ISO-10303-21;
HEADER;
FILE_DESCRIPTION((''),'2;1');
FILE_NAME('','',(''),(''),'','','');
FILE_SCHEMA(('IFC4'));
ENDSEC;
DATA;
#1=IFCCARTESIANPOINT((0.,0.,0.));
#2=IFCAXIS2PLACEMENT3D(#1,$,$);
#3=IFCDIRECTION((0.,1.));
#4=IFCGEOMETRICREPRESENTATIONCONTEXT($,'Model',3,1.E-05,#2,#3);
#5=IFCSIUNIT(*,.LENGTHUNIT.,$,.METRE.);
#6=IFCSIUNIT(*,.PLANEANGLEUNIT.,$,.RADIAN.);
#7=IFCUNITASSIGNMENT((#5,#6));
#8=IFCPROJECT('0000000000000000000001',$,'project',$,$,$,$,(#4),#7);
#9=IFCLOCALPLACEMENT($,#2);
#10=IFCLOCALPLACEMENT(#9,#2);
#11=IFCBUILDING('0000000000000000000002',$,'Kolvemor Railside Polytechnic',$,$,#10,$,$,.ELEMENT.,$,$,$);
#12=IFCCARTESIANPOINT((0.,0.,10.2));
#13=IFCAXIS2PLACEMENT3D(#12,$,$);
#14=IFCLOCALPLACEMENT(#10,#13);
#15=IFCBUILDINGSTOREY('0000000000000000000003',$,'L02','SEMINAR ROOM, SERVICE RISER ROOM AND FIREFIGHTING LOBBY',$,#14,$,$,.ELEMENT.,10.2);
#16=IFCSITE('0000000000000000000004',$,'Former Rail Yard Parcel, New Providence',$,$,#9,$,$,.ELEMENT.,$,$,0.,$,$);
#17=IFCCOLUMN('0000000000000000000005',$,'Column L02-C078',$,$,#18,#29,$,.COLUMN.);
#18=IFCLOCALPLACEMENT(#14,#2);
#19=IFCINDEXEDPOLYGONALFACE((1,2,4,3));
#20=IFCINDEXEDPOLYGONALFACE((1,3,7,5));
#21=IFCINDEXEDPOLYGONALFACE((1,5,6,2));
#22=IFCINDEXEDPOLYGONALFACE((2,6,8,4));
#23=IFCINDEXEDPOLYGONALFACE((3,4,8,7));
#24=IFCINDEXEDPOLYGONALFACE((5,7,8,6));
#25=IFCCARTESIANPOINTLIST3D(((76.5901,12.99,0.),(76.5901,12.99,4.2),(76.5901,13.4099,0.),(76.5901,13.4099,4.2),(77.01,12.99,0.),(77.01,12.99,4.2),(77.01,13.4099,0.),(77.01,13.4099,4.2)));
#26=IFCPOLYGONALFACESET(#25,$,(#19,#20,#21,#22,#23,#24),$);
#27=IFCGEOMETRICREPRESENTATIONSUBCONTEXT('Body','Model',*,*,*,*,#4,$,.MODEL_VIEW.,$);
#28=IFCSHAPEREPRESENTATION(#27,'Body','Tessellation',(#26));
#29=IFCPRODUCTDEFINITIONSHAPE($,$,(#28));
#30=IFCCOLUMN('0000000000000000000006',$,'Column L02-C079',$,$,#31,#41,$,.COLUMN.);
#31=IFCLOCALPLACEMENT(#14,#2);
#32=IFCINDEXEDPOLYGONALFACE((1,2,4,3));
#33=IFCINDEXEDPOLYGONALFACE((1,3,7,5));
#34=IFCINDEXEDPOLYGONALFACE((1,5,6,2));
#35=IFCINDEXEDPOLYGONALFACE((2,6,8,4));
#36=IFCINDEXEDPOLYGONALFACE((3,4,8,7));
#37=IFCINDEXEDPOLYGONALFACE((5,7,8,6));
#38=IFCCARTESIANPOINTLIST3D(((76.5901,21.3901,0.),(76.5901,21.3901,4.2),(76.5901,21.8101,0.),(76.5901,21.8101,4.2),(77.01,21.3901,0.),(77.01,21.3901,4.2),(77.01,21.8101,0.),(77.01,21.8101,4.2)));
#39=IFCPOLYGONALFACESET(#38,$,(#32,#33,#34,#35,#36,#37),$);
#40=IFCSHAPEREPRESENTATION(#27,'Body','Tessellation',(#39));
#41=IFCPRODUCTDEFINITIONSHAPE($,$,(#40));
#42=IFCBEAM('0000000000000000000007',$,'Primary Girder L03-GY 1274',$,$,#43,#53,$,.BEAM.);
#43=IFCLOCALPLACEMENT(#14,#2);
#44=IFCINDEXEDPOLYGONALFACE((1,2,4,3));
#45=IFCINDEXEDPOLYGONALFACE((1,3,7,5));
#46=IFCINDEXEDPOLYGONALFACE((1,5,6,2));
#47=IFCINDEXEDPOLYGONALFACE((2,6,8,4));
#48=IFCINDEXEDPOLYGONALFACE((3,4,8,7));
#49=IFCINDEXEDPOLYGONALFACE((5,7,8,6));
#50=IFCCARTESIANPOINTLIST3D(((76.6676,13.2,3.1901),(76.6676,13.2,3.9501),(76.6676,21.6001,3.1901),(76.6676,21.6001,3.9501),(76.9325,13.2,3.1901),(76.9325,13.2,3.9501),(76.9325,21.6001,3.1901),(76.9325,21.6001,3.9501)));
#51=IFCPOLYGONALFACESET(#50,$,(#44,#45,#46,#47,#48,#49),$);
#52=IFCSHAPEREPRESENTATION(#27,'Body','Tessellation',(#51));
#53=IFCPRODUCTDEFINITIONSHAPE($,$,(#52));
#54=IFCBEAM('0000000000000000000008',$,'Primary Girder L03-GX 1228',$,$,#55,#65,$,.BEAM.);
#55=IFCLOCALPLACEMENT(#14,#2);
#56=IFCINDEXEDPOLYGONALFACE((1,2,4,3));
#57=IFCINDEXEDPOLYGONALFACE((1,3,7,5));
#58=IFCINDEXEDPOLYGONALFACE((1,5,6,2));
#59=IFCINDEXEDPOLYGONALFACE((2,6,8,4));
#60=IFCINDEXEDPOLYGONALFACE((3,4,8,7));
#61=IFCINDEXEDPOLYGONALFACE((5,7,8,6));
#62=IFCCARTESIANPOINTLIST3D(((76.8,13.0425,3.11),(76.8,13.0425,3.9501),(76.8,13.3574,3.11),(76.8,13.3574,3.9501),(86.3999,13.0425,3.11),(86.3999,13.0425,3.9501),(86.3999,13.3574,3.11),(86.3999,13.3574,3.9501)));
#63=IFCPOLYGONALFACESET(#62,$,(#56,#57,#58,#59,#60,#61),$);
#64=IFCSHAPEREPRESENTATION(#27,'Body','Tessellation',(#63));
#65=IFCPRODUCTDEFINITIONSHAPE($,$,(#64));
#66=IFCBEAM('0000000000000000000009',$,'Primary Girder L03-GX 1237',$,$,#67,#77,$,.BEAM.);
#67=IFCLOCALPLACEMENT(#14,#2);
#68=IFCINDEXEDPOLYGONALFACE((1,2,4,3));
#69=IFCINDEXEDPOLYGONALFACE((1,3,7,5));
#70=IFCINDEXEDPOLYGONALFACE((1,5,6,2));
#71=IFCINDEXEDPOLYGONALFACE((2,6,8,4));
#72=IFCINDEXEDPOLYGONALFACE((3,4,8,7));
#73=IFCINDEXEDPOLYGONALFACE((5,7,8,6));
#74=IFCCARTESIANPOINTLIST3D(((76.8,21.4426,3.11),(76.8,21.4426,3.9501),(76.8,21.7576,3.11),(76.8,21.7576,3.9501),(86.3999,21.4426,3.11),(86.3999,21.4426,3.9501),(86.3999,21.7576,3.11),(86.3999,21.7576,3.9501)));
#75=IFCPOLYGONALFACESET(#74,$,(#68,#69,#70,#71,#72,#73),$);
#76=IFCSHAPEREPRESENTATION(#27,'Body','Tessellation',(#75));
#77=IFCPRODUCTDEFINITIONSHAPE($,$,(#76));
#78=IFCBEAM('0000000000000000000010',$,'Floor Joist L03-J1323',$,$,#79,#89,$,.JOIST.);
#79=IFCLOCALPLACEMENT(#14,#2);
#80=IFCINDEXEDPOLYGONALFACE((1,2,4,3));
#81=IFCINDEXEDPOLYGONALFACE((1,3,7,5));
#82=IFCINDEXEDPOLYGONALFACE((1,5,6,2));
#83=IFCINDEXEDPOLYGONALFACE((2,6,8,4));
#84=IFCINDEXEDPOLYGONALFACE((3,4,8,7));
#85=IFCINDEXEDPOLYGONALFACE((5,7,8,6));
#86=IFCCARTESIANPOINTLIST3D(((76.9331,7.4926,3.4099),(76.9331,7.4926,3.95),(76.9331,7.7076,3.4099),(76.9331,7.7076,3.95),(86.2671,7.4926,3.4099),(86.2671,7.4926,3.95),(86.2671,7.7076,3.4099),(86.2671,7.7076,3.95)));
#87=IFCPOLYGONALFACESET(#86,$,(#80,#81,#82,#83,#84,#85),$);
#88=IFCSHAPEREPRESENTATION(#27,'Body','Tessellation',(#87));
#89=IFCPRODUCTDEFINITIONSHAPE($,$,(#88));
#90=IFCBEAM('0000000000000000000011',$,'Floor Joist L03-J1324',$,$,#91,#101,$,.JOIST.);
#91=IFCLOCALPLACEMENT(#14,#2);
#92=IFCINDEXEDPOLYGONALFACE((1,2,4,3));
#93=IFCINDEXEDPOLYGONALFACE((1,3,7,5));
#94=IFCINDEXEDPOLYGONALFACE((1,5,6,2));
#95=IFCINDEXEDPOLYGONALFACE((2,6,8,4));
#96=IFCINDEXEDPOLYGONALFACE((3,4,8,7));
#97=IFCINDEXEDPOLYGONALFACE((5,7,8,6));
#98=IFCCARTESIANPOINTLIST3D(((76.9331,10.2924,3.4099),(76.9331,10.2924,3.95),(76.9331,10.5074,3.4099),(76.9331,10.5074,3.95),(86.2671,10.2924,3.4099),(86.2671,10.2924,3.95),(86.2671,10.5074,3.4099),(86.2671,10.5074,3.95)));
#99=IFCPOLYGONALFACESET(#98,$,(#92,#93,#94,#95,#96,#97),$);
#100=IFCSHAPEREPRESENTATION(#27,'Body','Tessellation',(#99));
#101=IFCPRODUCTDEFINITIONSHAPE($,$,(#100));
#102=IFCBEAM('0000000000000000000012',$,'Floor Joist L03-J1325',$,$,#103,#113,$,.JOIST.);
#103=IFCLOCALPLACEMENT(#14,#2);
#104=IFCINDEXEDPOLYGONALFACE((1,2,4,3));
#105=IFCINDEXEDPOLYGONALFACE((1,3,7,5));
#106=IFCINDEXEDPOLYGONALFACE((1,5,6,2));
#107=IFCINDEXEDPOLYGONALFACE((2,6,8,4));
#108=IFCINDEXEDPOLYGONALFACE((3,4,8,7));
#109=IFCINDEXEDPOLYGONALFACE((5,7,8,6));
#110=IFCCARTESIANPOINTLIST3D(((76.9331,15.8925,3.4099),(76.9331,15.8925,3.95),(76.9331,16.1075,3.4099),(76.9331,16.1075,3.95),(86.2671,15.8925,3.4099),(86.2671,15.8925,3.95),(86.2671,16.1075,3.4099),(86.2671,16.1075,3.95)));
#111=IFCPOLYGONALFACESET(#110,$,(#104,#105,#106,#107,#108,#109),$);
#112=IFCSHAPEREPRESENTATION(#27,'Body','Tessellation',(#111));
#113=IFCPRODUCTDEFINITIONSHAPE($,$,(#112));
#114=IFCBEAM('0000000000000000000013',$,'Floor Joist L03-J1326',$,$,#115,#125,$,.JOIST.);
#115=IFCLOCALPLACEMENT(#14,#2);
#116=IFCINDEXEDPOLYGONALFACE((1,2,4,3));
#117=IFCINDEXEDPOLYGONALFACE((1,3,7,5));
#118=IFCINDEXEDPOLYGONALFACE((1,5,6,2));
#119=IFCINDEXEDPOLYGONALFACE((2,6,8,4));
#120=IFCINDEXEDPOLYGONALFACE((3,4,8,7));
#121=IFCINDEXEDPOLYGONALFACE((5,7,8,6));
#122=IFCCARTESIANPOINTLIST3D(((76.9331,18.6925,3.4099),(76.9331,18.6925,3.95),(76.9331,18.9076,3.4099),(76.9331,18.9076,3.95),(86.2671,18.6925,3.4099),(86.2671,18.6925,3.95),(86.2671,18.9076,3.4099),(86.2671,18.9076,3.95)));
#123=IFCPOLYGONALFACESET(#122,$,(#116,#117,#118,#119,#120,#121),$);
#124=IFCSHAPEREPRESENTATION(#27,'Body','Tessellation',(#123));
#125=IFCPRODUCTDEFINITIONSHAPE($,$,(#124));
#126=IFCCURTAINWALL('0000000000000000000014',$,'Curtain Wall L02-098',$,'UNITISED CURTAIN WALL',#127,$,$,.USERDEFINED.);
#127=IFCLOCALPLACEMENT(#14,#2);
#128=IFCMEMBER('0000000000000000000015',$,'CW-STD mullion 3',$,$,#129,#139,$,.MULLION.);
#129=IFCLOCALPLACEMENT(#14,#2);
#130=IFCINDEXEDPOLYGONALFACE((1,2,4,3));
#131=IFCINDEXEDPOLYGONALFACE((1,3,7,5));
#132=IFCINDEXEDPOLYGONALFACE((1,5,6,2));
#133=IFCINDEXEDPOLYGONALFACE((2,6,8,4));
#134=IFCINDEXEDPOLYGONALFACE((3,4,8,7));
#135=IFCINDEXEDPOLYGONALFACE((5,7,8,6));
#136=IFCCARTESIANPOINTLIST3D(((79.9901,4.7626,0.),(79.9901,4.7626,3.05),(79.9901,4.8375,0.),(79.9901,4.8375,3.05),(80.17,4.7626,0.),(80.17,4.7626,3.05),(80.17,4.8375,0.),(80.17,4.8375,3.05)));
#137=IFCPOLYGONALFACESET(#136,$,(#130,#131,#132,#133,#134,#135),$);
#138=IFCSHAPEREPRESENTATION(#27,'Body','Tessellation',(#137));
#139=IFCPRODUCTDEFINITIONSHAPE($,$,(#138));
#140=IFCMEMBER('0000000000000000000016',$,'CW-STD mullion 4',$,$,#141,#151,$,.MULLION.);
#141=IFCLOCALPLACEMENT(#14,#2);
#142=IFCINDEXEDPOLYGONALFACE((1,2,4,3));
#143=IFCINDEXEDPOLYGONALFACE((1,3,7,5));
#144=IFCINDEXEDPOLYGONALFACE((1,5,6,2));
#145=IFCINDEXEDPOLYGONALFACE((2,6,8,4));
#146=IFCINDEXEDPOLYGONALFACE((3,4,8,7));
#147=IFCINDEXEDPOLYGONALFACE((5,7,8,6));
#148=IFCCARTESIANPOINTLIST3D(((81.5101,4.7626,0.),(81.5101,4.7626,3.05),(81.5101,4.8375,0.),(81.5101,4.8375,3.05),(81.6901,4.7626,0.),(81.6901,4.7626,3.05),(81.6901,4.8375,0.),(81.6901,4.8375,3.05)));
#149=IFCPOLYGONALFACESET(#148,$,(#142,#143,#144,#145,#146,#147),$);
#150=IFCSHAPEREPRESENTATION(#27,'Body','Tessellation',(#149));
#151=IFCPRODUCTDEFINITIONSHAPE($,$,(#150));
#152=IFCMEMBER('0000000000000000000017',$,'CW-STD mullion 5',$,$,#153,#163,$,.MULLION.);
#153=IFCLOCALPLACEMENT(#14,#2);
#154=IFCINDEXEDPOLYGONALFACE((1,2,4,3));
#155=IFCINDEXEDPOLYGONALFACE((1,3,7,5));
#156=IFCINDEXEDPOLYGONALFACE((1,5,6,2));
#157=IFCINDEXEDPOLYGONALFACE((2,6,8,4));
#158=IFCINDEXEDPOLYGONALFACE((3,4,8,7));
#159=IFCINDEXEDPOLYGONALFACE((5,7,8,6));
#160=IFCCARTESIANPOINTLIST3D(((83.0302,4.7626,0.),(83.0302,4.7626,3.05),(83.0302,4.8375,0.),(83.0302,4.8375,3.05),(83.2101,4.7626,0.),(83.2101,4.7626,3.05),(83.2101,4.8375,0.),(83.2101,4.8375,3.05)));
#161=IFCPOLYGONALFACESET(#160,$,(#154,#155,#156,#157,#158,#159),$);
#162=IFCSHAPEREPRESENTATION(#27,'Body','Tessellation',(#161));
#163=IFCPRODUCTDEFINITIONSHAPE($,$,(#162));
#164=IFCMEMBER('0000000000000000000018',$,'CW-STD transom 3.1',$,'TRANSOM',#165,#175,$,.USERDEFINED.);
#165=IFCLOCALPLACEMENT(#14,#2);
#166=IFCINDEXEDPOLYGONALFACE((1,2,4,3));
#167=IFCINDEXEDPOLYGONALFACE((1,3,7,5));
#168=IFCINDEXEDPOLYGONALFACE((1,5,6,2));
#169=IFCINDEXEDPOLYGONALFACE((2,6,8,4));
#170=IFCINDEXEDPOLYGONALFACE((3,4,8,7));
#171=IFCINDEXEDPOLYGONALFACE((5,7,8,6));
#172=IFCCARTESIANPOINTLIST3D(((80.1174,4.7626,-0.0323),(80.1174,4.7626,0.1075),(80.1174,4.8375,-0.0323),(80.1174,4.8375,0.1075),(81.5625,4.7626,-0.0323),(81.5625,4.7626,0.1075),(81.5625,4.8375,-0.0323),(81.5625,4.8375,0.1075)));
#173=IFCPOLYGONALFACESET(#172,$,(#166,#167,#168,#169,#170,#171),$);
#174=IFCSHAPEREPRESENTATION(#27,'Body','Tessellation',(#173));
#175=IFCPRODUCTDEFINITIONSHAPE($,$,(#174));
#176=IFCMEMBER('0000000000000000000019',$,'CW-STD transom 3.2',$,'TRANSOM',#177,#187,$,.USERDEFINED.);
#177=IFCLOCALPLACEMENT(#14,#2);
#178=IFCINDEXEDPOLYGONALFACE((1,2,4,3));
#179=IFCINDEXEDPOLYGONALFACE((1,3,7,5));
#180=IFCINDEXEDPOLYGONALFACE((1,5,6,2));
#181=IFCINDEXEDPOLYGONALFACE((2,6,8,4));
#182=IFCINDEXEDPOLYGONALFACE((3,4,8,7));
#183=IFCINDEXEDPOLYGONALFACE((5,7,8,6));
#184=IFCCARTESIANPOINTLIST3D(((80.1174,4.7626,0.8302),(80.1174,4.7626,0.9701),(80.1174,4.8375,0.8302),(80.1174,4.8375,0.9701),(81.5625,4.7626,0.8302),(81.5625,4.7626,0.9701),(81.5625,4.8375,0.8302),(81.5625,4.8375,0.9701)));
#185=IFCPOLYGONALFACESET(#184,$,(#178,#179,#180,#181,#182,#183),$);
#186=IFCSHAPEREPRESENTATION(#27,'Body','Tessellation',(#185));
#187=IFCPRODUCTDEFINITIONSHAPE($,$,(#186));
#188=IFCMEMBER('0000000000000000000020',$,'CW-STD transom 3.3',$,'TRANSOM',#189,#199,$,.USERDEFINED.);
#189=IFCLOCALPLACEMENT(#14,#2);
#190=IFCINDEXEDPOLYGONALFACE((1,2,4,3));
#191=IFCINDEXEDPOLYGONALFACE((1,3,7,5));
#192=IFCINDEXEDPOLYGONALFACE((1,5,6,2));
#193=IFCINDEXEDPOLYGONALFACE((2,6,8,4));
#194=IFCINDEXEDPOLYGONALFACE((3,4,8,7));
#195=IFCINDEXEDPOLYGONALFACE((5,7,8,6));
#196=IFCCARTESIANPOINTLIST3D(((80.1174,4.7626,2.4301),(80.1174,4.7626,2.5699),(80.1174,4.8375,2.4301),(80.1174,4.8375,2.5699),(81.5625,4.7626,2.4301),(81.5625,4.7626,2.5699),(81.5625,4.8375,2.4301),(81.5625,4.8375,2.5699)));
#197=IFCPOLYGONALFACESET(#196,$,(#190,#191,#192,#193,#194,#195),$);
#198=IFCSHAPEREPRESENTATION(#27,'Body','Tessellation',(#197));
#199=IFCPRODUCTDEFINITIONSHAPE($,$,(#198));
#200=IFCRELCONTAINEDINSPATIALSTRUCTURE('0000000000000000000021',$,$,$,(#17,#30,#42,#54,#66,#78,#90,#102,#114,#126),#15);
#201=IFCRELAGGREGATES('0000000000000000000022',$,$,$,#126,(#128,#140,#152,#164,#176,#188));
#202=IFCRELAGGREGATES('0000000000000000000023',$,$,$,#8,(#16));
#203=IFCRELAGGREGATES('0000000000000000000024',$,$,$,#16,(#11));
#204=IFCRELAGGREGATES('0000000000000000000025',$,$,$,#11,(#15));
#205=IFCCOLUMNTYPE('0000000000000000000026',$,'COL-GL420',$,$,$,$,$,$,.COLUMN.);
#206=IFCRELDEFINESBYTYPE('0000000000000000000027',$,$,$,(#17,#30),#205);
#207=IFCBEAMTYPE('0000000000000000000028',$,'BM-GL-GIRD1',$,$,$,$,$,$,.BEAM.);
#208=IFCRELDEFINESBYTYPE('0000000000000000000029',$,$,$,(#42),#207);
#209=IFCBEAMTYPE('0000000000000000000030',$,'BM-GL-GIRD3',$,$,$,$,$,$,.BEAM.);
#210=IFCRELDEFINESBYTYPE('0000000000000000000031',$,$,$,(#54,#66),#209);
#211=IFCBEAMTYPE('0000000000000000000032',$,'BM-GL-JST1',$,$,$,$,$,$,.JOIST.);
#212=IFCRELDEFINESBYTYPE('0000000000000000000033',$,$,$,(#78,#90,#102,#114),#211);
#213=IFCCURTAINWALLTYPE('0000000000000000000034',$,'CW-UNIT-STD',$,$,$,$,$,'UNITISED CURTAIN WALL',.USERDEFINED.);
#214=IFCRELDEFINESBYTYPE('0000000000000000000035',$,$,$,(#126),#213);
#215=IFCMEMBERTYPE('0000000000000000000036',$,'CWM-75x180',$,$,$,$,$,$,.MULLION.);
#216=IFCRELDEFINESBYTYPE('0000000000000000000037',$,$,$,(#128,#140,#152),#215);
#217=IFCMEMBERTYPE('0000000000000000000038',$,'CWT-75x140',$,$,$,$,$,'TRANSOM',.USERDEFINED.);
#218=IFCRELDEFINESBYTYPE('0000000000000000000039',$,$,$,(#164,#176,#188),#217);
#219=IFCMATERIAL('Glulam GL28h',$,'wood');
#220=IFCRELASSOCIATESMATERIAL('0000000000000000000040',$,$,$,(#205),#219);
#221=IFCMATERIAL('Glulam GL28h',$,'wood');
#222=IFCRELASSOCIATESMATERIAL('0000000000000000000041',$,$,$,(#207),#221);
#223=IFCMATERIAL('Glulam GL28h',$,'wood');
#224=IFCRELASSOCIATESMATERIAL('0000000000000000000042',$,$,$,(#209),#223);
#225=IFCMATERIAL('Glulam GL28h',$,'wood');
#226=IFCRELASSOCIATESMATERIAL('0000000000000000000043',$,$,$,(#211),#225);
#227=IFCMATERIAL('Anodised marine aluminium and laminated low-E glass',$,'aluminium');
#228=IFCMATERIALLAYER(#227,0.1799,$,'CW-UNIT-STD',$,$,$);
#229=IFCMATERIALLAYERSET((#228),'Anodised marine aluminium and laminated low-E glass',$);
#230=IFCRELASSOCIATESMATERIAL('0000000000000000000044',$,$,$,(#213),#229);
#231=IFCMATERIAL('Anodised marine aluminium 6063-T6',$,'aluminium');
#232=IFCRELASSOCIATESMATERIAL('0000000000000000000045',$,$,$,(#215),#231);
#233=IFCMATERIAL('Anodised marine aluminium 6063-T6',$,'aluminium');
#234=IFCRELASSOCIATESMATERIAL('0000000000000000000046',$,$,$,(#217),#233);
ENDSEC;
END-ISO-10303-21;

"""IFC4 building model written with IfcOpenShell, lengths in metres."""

from ifc_helpers import new_model, si_unit, direction, frame, origin, origin_2d, place, context, subcontext, project, spatial, rectangle, extrude, material, layer, layer_set, material_profile, profile_set, type_object, element, aggregate, save


model = new_model("IFC4")

# Units and contexts
model_context = context("Model", 3, precision=1e-05, world=origin(), true_north=direction((0.0, 1.0)))
body_context = subcontext(model_context, "Body", "Model", "MODEL_VIEW")
ifc_project = project(units=[si_unit("LENGTHUNIT", "METRE"), si_unit("PLANEANGLEUNIT", "RADIAN")], contexts=[model_context])

# Site, building, storey
site_placement = place(None, origin())
site = spatial("IfcSite", under=ifc_project, at=site_placement, Name="Former Rail Yard Parcel, New Providence", CompositionType="ELEMENT", RefElevation=0.0)
building_placement = place(site_placement, origin())
building = spatial("IfcBuilding", under=site, at=building_placement, Name="Kolvemor Railside Polytechnic", CompositionType="ELEMENT")
storey_placement = place(building_placement, frame((0.0, 0.0, 10.2)))
storey = spatial("IfcBuildingStorey", under=building, at=storey_placement, Name="L02", Description="SEMINAR ROOM, SERVICE RISER ROOM AND FIREFIGHTING LOBBY", CompositionType="ELEMENT", Elevation=10.2)

# Columns
ifc_material_1 = material(Name="Glulam GL28h", Category="wood")
ifc_material_profile_1 = material_profile(ifc_material_1, rectangle(XDim=0.4199, YDim=0.4199, at=origin_2d()), Name="GL420x420")
ifc_profile_set_1 = profile_set([ifc_material_profile_1], Name="Glulam GL28h")
column_type = type_object("IfcColumnType", Name="COL-GL420", PredefinedType="COLUMN", material=ifc_profile_set_1)
for number, where, z_axis, x_axis, name in (
    (1, (76.8, 13.2, 0.0), (0.0, 0.0, 1.0), (1.0, 0.0, 0.0), "Column L02-C078"),
    (2, (76.8, 21.6001, 0.0), (0.0, 0.0, 1.0), (1.0, 0.0, 0.0), "Column L02-C079"),
):
    element("IfcColumn", number, at=place(storey_placement, frame(where, z_axis=z_axis, x_axis=x_axis)), inside=storey, type_object=column_type, Name=name, PredefinedType="COLUMN", context=body_context, shape_type="SweptSolid", body=[
        extrude(rectangle(XDim=0.4199, YDim=0.4199, at=origin_2d()), origin(), (0.0, 0.0, 1.0), 4.2),
    ])

# Beams
ifc_material_2 = material(Name="Glulam GL28h", Category="wood")
ifc_material_profile_2 = material_profile(ifc_material_2, rectangle(XDim=0.2649, YDim=0.76, at=origin_2d()), Name="GL265x760")
ifc_profile_set_2 = profile_set([ifc_material_profile_2], Name="Glulam GL28h")
beam_type_1 = type_object("IfcBeamType", Name="BM-GL-GIRD1", PredefinedType="BEAM", material=ifc_profile_set_2)
beam_placement = place(storey_placement, frame((76.8, 13.2, 3.5701), z_axis=(0.0, 1.0, 0.0), x_axis=(-1.0, 0.0, 0.0)))
element("IfcBeam", 3, at=beam_placement, inside=storey, type_object=beam_type_1, Name="Primary Girder L03-GY 1274", PredefinedType="BEAM", context=body_context, shape_type="SweptSolid", body=[
    extrude(rectangle(XDim=0.2649, YDim=0.76, at=origin_2d()), origin(), (0.0, 0.0, 1.0), 8.4001),
])
ifc_material_3 = material(Name="Glulam GL28h", Category="wood")
ifc_material_profile_3 = material_profile(ifc_material_3, rectangle(XDim=0.3149, YDim=0.8401, at=origin_2d()), Name="GL315x840")
ifc_profile_set_3 = profile_set([ifc_material_profile_3], Name="Glulam GL28h")
beam_type_2 = type_object("IfcBeamType", Name="BM-GL-GIRD3", PredefinedType="BEAM", material=ifc_profile_set_3)
for number, where, z_axis, x_axis, name in (
    (4, (76.8, 13.2, 3.53), (1.0, 0.0, 0.0), (0.0, 1.0, 0.0), "Primary Girder L03-GX 1228"),
    (5, (76.8, 21.6001, 3.53), (1.0, 0.0, 0.0), (0.0, 1.0, 0.0), "Primary Girder L03-GX 1237"),
):
    element("IfcBeam", number, at=place(storey_placement, frame(where, z_axis=z_axis, x_axis=x_axis)), inside=storey, type_object=beam_type_2, Name=name, PredefinedType="BEAM", context=body_context, shape_type="SweptSolid", body=[
        extrude(rectangle(XDim=0.3149, YDim=0.8401, at=origin_2d()), origin(), (0.0, 0.0, 1.0), 9.5999),
    ])
ifc_material_4 = material(Name="Glulam GL28h", Category="wood")
ifc_material_profile_4 = material_profile(ifc_material_4, rectangle(XDim=0.2151, YDim=0.54, at=origin_2d()), Name="GL215x540")
ifc_profile_set_4 = profile_set([ifc_material_profile_4], Name="Glulam GL28h")
beam_type_3 = type_object("IfcBeamType", Name="BM-GL-JST1", PredefinedType="JOIST", material=ifc_profile_set_4)
for number, where, z_axis, x_axis, name in (
    (6, (76.9331, 7.6001, 3.6799), (1.0, 0.0, 0.0), (0.0, 1.0, 0.0), "Floor Joist L03-J1323"),
    (7, (76.9331, 10.3999, 3.6799), (1.0, 0.0, 0.0), (0.0, 1.0, 0.0), "Floor Joist L03-J1324"),
    (8, (76.9331, 16.0, 3.6799), (1.0, 0.0, 0.0), (0.0, 1.0, 0.0), "Floor Joist L03-J1325"),
    (9, (76.9331, 18.8, 3.6799), (1.0, 0.0, 0.0), (0.0, 1.0, 0.0), "Floor Joist L03-J1326"),
):
    element("IfcBeam", number, at=place(storey_placement, frame(where, z_axis=z_axis, x_axis=x_axis)), inside=storey, type_object=beam_type_3, Name=name, PredefinedType="JOIST", context=body_context, shape_type="SweptSolid", body=[
        extrude(rectangle(XDim=0.2151, YDim=0.54, at=origin_2d()), origin(), (0.0, 0.0, 1.0), 9.334),
    ])

# Curtain wall, members
ifc_material_5 = material(Name="Anodised marine aluminium and laminated low-E glass", Category="aluminium")
ifc_layer_1 = layer(ifc_material_5, 0.1799, Name="CW-UNIT-STD")
ifc_layer_set_1 = layer_set([ifc_layer_1], Name="Anodised marine aluminium and laminated low-E glass")
curtain_wall_type = type_object("IfcCurtainWallType", Name="CW-UNIT-STD", ElementType="UNITISED CURTAIN WALL", PredefinedType="USERDEFINED", material=ifc_layer_set_1)
curtain_wall_placement = place(storey_placement, origin())
curtain_wall = element("IfcCurtainWall", 10, at=curtain_wall_placement, inside=storey, type_object=curtain_wall_type, Name="Curtain Wall L02-098", ObjectType="UNITISED CURTAIN WALL", PredefinedType="USERDEFINED")
ifc_material_6 = material(Name="Anodised marine aluminium 6063-T6", Category="aluminium")
ifc_material_profile_5 = material_profile(ifc_material_6, rectangle(XDim=0.075, YDim=0.1799, at=origin_2d()), Name="CW-MUL-75x180")
ifc_profile_set_5 = profile_set([ifc_material_profile_5], Name="Anodised marine aluminium 6063-T6")
member_type_1 = type_object("IfcMemberType", Name="CWM-75x180", PredefinedType="MULLION", material=ifc_profile_set_5)
member_1_placement = place(storey_placement, frame((80.0801, 4.8, 0.0), z_axis=(0.0, 0.0, 1.0), x_axis=(0.0, 1.0, 0.0)))
member_1 = element("IfcMember", 11, at=member_1_placement, type_object=member_type_1, Name="CW-STD mullion 3", PredefinedType="MULLION", context=body_context, shape_type="SweptSolid", body=[
    extrude(rectangle(XDim=0.075, YDim=0.1799, at=origin_2d()), origin(), (0.0, 0.0, 1.0), 3.05),
])
member_2_placement = place(storey_placement, frame((81.6001, 4.8, 0.0), z_axis=(0.0, 0.0, 1.0), x_axis=(0.0, 1.0, 0.0)))
member_2 = element("IfcMember", 12, at=member_2_placement, type_object=member_type_1, Name="CW-STD mullion 4", PredefinedType="MULLION", context=body_context, shape_type="SweptSolid", body=[
    extrude(rectangle(XDim=0.075, YDim=0.1799, at=origin_2d()), origin(), (0.0, 0.0, 1.0), 3.05),
])
member_3_placement = place(storey_placement, frame((83.1201, 4.8, 0.0), z_axis=(0.0, 0.0, 1.0), x_axis=(0.0, 1.0, 0.0)))
member_3 = element("IfcMember", 13, at=member_3_placement, type_object=member_type_1, Name="CW-STD mullion 5", PredefinedType="MULLION", context=body_context, shape_type="SweptSolid", body=[
    extrude(rectangle(XDim=0.075, YDim=0.1799, at=origin_2d()), origin(), (0.0, 0.0, 1.0), 3.05),
])
ifc_material_7 = material(Name="Anodised marine aluminium 6063-T6", Category="aluminium")
ifc_material_profile_6 = material_profile(ifc_material_7, rectangle(XDim=0.075, YDim=0.1399, at=origin_2d()), Name="CW-TRN-75x140")
ifc_profile_set_6 = profile_set([ifc_material_profile_6], Name="Anodised marine aluminium 6063-T6")
member_type_2 = type_object("IfcMemberType", Name="CWT-75x140", ElementType="TRANSOM", PredefinedType="USERDEFINED", material=ifc_profile_set_6)
member_4_placement = place(storey_placement, frame((80.1174, 4.8, 0.0376), z_axis=(1.0, 0.0, 0.0), x_axis=(0.0, 1.0, 0.0)))
member_4 = element("IfcMember", 14, at=member_4_placement, type_object=member_type_2, Name="CW-STD transom 3.1", ObjectType="TRANSOM", PredefinedType="USERDEFINED", context=body_context, shape_type="SweptSolid", body=[
    extrude(rectangle(XDim=0.075, YDim=0.1399, at=origin_2d()), origin(), (0.0, 0.0, 1.0), 1.4451),
])
member_5_placement = place(storey_placement, frame((80.1174, 4.8, 0.9001), z_axis=(1.0, 0.0, 0.0), x_axis=(0.0, 1.0, 0.0)))
member_5 = element("IfcMember", 15, at=member_5_placement, type_object=member_type_2, Name="CW-STD transom 3.2", ObjectType="TRANSOM", PredefinedType="USERDEFINED", context=body_context, shape_type="SweptSolid", body=[
    extrude(rectangle(XDim=0.075, YDim=0.1399, at=origin_2d()), origin(), (0.0, 0.0, 1.0), 1.4451),
])
member_6_placement = place(storey_placement, frame((80.1174, 4.8, 2.5), z_axis=(1.0, 0.0, 0.0), x_axis=(0.0, 1.0, 0.0)))
member_6 = element("IfcMember", 16, at=member_6_placement, type_object=member_type_2, Name="CW-STD transom 3.3", ObjectType="TRANSOM", PredefinedType="USERDEFINED", context=body_context, shape_type="SweptSolid", body=[
    extrude(rectangle(XDim=0.075, YDim=0.1399, at=origin_2d()), origin(), (0.0, 0.0, 1.0), 1.4451),
])
aggregate(curtain_wall, [member_1, member_2, member_3, member_4, member_5, member_6])

save(model, "model.ifc")
